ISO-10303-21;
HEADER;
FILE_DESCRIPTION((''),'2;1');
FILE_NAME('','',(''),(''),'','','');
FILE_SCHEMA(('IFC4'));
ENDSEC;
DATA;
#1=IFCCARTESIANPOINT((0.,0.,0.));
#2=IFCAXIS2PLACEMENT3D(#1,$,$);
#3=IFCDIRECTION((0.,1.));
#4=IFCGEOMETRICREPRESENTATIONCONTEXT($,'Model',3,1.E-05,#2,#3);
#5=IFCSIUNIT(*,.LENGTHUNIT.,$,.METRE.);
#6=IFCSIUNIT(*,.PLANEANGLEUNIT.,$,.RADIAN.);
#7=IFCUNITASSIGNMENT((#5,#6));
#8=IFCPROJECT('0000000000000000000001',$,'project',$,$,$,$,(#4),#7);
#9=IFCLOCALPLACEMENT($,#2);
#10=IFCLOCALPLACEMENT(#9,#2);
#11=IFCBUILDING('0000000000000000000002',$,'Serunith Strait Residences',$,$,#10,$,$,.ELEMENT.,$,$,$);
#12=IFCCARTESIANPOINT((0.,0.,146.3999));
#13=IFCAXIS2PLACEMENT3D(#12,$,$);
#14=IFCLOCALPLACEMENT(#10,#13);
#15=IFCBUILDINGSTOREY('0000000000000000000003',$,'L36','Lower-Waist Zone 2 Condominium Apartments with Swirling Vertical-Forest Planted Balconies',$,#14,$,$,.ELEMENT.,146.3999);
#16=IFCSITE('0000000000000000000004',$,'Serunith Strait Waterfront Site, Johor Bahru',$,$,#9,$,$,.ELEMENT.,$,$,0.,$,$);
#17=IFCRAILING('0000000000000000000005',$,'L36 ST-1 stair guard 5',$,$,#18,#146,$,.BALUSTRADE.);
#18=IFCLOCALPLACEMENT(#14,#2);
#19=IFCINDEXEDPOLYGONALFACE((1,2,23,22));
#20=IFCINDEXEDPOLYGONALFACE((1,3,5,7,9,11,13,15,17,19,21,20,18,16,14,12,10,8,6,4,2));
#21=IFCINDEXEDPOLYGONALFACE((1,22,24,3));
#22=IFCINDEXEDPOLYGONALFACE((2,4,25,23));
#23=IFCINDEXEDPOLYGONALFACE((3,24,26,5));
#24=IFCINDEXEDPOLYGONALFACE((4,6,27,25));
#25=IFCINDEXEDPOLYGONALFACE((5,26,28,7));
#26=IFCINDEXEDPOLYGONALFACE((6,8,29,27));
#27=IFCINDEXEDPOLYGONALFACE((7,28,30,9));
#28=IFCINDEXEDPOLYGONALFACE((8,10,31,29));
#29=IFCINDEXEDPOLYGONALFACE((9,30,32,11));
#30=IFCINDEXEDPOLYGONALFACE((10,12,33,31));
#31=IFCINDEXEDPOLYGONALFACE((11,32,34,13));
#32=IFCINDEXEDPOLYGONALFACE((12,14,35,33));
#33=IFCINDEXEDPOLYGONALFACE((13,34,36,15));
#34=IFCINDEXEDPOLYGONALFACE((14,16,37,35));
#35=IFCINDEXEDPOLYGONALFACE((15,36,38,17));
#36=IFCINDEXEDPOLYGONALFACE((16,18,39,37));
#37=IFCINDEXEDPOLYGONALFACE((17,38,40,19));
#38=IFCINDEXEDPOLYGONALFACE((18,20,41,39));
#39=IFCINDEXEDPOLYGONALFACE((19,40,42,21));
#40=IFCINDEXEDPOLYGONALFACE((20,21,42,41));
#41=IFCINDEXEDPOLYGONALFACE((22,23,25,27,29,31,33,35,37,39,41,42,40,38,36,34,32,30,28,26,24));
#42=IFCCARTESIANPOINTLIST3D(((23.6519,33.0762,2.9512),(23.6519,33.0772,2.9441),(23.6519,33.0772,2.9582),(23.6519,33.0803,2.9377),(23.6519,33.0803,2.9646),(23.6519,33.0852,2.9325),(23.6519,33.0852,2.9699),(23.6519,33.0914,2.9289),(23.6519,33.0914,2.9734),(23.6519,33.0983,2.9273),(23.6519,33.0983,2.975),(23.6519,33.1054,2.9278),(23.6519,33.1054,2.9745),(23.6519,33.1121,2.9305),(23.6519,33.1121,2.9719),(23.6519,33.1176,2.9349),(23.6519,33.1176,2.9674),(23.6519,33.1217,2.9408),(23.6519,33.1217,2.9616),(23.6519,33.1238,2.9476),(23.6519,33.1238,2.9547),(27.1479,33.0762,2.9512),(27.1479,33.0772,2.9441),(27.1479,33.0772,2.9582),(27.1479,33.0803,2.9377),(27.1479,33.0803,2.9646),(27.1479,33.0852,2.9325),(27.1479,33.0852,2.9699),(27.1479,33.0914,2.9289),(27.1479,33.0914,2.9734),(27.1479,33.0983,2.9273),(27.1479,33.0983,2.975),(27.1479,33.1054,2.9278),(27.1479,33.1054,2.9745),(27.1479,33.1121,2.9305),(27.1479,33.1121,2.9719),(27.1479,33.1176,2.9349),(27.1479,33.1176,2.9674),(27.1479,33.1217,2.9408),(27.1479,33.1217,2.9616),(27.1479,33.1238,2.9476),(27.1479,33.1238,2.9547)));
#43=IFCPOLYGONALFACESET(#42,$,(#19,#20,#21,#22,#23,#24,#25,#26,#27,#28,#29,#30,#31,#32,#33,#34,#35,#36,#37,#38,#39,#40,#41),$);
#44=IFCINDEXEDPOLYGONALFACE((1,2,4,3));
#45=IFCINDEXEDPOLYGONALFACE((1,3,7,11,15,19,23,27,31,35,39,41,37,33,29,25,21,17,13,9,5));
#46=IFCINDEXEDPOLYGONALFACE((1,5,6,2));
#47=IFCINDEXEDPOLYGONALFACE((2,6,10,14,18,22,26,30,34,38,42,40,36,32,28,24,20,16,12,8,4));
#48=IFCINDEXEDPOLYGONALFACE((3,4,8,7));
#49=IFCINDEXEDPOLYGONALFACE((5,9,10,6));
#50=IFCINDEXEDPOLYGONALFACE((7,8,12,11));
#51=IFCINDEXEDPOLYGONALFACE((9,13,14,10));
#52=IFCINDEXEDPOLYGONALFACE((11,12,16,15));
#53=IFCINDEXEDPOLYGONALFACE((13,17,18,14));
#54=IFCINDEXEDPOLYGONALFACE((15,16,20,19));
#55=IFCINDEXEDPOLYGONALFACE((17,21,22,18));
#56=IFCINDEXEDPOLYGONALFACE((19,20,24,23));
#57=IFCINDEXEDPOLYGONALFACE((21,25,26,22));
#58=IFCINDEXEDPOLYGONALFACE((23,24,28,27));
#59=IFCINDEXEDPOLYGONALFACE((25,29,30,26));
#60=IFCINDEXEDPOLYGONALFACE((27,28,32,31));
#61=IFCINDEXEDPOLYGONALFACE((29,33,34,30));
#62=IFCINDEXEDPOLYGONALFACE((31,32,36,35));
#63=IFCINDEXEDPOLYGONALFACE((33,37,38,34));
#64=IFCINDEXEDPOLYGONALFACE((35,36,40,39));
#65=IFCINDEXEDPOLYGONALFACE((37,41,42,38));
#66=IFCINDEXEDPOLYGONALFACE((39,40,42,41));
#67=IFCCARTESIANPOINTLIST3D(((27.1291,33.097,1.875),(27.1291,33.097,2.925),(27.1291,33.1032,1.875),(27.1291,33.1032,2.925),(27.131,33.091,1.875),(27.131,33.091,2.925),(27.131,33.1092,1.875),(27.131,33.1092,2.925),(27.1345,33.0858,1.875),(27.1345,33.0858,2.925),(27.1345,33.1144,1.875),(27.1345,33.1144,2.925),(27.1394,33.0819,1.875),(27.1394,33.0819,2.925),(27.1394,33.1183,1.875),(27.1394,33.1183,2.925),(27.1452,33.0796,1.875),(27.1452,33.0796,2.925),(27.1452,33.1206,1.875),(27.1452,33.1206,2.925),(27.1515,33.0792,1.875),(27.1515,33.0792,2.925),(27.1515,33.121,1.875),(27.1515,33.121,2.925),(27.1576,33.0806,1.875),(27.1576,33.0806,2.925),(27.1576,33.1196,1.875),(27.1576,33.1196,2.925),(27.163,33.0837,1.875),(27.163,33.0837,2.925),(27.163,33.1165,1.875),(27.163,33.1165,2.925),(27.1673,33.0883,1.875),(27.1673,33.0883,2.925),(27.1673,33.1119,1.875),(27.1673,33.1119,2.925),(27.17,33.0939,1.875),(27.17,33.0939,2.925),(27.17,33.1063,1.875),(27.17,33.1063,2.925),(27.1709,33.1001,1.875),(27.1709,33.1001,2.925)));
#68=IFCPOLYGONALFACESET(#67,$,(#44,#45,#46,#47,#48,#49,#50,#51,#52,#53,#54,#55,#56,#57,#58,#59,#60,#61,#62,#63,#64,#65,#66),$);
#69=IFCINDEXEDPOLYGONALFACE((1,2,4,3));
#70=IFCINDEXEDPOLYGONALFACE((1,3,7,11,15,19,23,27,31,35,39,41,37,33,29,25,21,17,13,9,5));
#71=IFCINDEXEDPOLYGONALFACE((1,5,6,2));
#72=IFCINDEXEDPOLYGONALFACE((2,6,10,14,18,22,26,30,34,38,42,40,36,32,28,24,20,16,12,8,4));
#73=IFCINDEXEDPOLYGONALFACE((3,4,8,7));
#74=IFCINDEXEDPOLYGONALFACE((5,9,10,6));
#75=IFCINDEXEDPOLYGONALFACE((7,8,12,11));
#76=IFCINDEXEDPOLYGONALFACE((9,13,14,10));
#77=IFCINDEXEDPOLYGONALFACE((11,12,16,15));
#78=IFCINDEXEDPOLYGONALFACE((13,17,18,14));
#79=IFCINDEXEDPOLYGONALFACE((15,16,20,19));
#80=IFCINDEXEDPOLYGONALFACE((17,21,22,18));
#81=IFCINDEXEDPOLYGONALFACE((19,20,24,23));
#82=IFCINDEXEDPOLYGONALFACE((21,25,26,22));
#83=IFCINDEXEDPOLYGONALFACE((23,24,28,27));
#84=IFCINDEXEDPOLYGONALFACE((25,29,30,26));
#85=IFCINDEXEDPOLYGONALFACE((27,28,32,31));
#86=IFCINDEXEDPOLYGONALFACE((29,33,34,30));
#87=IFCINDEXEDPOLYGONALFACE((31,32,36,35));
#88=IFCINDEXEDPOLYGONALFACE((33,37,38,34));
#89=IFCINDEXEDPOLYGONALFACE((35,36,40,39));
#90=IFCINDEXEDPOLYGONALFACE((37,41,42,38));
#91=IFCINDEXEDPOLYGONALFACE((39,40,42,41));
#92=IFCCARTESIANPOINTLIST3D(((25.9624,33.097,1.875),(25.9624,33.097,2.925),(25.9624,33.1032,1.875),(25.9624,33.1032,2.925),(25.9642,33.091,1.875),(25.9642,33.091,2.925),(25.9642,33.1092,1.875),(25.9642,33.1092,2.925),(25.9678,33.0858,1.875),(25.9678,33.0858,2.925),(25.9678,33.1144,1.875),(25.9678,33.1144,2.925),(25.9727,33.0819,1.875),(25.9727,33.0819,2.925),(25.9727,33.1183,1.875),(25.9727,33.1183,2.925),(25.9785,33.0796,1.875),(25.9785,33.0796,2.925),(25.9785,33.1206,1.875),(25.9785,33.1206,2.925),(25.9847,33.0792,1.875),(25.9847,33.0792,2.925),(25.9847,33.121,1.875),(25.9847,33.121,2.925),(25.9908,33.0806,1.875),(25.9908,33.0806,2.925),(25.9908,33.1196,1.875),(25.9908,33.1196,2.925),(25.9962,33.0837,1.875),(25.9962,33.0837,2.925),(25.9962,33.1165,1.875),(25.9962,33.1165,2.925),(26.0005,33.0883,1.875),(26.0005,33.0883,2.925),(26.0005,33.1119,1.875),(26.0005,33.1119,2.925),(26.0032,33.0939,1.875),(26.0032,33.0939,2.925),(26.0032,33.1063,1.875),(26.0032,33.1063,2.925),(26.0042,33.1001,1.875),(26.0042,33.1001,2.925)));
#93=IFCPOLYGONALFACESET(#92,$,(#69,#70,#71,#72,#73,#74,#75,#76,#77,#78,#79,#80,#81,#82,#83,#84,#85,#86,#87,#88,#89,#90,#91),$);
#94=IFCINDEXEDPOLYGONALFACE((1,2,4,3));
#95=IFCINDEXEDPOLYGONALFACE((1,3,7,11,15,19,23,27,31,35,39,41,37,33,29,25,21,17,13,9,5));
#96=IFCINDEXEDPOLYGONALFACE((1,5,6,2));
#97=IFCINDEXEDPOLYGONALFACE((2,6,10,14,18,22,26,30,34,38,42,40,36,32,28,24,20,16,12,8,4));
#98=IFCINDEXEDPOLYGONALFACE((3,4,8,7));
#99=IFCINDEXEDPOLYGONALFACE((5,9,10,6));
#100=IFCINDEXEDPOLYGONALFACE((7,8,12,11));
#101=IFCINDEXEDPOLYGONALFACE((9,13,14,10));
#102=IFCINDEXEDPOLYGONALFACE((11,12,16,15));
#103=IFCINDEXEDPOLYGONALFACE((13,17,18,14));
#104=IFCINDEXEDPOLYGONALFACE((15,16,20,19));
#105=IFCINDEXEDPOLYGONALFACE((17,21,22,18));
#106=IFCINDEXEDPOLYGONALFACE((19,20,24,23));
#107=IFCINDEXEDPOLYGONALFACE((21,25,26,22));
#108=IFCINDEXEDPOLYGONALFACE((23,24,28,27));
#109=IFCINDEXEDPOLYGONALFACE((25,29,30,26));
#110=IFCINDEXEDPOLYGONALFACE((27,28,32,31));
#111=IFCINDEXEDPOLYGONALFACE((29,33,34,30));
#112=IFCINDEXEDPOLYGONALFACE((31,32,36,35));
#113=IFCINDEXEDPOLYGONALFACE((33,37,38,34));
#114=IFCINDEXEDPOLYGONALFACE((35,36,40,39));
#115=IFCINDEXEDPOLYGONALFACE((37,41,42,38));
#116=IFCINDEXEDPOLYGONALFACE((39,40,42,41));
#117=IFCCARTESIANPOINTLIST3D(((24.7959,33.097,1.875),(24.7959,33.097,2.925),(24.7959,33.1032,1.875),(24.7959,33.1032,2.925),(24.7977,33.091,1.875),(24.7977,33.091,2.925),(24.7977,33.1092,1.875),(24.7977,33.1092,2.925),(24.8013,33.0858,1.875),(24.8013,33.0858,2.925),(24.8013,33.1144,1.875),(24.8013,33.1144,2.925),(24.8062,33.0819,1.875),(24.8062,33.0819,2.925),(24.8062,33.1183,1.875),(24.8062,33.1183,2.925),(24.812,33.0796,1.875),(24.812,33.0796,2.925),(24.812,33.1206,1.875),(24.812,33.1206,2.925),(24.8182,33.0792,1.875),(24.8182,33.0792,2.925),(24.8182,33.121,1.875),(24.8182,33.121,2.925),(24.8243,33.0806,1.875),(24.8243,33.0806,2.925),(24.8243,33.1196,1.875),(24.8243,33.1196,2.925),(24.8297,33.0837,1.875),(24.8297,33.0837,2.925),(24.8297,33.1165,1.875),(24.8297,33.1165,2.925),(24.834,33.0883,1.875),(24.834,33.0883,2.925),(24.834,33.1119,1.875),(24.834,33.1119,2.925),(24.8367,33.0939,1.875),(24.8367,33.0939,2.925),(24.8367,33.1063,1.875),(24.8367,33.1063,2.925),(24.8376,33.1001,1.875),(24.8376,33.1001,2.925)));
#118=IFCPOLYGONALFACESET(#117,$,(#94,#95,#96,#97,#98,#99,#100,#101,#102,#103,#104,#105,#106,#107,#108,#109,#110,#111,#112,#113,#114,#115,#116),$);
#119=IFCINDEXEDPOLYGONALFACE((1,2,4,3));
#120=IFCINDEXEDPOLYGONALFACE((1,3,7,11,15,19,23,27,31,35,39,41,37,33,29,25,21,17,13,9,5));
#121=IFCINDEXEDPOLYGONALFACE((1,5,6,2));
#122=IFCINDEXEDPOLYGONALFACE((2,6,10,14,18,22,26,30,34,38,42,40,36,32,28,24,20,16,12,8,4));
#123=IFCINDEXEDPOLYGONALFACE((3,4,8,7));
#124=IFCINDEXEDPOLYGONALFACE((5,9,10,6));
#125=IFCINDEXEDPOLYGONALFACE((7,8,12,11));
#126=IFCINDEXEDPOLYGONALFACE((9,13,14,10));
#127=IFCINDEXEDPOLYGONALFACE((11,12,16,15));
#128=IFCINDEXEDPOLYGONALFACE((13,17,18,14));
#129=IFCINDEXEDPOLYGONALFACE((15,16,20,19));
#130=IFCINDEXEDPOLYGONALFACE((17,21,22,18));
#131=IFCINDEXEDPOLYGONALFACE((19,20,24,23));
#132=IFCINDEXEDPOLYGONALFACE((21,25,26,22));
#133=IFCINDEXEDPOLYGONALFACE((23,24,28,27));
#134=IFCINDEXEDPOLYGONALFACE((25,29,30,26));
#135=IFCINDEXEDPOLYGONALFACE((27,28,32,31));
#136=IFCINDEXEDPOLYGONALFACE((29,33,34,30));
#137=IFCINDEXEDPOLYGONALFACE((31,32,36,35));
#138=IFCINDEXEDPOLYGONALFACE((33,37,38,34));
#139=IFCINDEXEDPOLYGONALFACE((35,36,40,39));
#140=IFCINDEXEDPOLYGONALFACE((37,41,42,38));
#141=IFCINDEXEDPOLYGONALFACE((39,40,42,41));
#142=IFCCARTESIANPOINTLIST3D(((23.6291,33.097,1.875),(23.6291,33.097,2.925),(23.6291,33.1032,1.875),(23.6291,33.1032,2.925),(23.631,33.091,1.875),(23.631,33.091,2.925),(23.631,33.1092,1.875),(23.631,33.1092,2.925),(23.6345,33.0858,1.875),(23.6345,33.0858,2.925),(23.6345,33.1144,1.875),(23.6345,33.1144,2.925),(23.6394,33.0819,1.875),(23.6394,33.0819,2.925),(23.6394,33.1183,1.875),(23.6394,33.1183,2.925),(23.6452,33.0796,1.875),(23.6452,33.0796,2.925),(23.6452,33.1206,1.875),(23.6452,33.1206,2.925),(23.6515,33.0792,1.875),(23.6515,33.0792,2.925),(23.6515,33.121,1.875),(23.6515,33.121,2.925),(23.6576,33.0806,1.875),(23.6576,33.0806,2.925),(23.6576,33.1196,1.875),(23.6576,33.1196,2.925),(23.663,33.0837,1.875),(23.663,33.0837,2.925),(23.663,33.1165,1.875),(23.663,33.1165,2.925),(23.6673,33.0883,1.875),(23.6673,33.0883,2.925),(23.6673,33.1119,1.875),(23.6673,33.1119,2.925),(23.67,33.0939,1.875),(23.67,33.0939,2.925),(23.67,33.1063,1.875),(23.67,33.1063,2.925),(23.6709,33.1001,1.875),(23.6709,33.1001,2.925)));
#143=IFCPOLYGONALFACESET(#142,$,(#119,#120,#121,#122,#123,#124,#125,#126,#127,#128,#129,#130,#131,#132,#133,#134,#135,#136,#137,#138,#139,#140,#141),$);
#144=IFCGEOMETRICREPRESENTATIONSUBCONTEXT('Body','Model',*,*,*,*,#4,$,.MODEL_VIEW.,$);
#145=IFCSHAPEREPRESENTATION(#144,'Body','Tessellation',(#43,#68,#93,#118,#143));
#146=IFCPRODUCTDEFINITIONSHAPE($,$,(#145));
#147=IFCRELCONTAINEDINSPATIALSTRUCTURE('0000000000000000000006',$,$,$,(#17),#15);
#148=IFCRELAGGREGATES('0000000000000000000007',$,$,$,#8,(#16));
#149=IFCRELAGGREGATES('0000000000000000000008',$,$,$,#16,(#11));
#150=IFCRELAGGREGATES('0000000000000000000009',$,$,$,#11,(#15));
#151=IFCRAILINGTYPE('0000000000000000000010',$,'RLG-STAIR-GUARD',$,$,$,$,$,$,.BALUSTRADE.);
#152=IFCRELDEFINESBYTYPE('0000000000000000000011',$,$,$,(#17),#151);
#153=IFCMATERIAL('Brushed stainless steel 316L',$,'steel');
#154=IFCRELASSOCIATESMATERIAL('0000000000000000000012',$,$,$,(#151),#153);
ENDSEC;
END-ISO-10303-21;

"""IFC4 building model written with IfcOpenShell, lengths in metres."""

from ifc_helpers import new_model, si_unit, direction, frame, origin, origin_2d, place, context, subcontext, project, spatial, circle, extrude, material, type_object, element, save


model = new_model("IFC4")

# Units and contexts
model_context = context("Model", 3, precision=1e-05, world=origin(), true_north=direction((0.0, 1.0)))
body_context = subcontext(model_context, "Body", "Model", "MODEL_VIEW")
ifc_project = project(units=[si_unit("LENGTHUNIT", "METRE"), si_unit("PLANEANGLEUNIT", "RADIAN")], contexts=[model_context])

# Site, building, storey
site_placement = place(None, origin())
site = spatial("IfcSite", under=ifc_project, at=site_placement, Name="Serunith Strait Waterfront Site, Johor Bahru", CompositionType="ELEMENT", RefElevation=0.0)
building_placement = place(site_placement, origin())
building = spatial("IfcBuilding", under=site, at=building_placement, Name="Serunith Strait Residences", CompositionType="ELEMENT")
storey_placement = place(building_placement, frame((0.0, 0.0, 146.3999)))
storey = spatial("IfcBuildingStorey", under=building, at=storey_placement, Name="L36", Description="Lower-Waist Zone 2 Condominium Apartments with Swirling Vertical-Forest Planted Balconies", CompositionType="ELEMENT", Elevation=146.3999)

# Railing
ifc_material_1 = material(Name="Brushed stainless steel 316L", Category="steel")
railing_type_1 = type_object("IfcRailingType", Name="RLG-STAIR-GUARD", PredefinedType="BALUSTRADE", material=ifc_material_1)
railing_1_placement = place(storey_placement, frame((27.1499, 33.1001, 1.875)))
element("IfcRailing", 1, at=railing_1_placement, inside=storey, type_object=railing_type_1, Name="L36 ST-1 stair guard 5", PredefinedType="BALUSTRADE", context=body_context, shape_type="SweptSolid", body=[
    extrude(circle(Radius=0.0239, at=origin_2d()), frame((-0.002, 0.0, 1.0762), z_axis=(-1.0, 0.0, 0.0), x_axis=(0.0, -1.0, 0.0)), (0.0, 0.0, 1.0), 3.4961),
    extrude(circle(Radius=0.021, at=origin_2d()), origin(), (0.0, 0.0, 1.0), 1.05),
    extrude(circle(Radius=0.021, at=origin_2d()), frame((-1.1667, 0.0, 0.0)), (0.0, 0.0, 1.0), 1.05),
    extrude(circle(Radius=0.021, at=origin_2d()), frame((-2.3333, 0.0, 0.0)), (0.0, 0.0, 1.0), 1.05),
    extrude(circle(Radius=0.021, at=origin_2d()), frame((-3.5, 0.0, 0.0)), (0.0, 0.0, 1.0), 1.05),
])

save(model, "model.ifc")
